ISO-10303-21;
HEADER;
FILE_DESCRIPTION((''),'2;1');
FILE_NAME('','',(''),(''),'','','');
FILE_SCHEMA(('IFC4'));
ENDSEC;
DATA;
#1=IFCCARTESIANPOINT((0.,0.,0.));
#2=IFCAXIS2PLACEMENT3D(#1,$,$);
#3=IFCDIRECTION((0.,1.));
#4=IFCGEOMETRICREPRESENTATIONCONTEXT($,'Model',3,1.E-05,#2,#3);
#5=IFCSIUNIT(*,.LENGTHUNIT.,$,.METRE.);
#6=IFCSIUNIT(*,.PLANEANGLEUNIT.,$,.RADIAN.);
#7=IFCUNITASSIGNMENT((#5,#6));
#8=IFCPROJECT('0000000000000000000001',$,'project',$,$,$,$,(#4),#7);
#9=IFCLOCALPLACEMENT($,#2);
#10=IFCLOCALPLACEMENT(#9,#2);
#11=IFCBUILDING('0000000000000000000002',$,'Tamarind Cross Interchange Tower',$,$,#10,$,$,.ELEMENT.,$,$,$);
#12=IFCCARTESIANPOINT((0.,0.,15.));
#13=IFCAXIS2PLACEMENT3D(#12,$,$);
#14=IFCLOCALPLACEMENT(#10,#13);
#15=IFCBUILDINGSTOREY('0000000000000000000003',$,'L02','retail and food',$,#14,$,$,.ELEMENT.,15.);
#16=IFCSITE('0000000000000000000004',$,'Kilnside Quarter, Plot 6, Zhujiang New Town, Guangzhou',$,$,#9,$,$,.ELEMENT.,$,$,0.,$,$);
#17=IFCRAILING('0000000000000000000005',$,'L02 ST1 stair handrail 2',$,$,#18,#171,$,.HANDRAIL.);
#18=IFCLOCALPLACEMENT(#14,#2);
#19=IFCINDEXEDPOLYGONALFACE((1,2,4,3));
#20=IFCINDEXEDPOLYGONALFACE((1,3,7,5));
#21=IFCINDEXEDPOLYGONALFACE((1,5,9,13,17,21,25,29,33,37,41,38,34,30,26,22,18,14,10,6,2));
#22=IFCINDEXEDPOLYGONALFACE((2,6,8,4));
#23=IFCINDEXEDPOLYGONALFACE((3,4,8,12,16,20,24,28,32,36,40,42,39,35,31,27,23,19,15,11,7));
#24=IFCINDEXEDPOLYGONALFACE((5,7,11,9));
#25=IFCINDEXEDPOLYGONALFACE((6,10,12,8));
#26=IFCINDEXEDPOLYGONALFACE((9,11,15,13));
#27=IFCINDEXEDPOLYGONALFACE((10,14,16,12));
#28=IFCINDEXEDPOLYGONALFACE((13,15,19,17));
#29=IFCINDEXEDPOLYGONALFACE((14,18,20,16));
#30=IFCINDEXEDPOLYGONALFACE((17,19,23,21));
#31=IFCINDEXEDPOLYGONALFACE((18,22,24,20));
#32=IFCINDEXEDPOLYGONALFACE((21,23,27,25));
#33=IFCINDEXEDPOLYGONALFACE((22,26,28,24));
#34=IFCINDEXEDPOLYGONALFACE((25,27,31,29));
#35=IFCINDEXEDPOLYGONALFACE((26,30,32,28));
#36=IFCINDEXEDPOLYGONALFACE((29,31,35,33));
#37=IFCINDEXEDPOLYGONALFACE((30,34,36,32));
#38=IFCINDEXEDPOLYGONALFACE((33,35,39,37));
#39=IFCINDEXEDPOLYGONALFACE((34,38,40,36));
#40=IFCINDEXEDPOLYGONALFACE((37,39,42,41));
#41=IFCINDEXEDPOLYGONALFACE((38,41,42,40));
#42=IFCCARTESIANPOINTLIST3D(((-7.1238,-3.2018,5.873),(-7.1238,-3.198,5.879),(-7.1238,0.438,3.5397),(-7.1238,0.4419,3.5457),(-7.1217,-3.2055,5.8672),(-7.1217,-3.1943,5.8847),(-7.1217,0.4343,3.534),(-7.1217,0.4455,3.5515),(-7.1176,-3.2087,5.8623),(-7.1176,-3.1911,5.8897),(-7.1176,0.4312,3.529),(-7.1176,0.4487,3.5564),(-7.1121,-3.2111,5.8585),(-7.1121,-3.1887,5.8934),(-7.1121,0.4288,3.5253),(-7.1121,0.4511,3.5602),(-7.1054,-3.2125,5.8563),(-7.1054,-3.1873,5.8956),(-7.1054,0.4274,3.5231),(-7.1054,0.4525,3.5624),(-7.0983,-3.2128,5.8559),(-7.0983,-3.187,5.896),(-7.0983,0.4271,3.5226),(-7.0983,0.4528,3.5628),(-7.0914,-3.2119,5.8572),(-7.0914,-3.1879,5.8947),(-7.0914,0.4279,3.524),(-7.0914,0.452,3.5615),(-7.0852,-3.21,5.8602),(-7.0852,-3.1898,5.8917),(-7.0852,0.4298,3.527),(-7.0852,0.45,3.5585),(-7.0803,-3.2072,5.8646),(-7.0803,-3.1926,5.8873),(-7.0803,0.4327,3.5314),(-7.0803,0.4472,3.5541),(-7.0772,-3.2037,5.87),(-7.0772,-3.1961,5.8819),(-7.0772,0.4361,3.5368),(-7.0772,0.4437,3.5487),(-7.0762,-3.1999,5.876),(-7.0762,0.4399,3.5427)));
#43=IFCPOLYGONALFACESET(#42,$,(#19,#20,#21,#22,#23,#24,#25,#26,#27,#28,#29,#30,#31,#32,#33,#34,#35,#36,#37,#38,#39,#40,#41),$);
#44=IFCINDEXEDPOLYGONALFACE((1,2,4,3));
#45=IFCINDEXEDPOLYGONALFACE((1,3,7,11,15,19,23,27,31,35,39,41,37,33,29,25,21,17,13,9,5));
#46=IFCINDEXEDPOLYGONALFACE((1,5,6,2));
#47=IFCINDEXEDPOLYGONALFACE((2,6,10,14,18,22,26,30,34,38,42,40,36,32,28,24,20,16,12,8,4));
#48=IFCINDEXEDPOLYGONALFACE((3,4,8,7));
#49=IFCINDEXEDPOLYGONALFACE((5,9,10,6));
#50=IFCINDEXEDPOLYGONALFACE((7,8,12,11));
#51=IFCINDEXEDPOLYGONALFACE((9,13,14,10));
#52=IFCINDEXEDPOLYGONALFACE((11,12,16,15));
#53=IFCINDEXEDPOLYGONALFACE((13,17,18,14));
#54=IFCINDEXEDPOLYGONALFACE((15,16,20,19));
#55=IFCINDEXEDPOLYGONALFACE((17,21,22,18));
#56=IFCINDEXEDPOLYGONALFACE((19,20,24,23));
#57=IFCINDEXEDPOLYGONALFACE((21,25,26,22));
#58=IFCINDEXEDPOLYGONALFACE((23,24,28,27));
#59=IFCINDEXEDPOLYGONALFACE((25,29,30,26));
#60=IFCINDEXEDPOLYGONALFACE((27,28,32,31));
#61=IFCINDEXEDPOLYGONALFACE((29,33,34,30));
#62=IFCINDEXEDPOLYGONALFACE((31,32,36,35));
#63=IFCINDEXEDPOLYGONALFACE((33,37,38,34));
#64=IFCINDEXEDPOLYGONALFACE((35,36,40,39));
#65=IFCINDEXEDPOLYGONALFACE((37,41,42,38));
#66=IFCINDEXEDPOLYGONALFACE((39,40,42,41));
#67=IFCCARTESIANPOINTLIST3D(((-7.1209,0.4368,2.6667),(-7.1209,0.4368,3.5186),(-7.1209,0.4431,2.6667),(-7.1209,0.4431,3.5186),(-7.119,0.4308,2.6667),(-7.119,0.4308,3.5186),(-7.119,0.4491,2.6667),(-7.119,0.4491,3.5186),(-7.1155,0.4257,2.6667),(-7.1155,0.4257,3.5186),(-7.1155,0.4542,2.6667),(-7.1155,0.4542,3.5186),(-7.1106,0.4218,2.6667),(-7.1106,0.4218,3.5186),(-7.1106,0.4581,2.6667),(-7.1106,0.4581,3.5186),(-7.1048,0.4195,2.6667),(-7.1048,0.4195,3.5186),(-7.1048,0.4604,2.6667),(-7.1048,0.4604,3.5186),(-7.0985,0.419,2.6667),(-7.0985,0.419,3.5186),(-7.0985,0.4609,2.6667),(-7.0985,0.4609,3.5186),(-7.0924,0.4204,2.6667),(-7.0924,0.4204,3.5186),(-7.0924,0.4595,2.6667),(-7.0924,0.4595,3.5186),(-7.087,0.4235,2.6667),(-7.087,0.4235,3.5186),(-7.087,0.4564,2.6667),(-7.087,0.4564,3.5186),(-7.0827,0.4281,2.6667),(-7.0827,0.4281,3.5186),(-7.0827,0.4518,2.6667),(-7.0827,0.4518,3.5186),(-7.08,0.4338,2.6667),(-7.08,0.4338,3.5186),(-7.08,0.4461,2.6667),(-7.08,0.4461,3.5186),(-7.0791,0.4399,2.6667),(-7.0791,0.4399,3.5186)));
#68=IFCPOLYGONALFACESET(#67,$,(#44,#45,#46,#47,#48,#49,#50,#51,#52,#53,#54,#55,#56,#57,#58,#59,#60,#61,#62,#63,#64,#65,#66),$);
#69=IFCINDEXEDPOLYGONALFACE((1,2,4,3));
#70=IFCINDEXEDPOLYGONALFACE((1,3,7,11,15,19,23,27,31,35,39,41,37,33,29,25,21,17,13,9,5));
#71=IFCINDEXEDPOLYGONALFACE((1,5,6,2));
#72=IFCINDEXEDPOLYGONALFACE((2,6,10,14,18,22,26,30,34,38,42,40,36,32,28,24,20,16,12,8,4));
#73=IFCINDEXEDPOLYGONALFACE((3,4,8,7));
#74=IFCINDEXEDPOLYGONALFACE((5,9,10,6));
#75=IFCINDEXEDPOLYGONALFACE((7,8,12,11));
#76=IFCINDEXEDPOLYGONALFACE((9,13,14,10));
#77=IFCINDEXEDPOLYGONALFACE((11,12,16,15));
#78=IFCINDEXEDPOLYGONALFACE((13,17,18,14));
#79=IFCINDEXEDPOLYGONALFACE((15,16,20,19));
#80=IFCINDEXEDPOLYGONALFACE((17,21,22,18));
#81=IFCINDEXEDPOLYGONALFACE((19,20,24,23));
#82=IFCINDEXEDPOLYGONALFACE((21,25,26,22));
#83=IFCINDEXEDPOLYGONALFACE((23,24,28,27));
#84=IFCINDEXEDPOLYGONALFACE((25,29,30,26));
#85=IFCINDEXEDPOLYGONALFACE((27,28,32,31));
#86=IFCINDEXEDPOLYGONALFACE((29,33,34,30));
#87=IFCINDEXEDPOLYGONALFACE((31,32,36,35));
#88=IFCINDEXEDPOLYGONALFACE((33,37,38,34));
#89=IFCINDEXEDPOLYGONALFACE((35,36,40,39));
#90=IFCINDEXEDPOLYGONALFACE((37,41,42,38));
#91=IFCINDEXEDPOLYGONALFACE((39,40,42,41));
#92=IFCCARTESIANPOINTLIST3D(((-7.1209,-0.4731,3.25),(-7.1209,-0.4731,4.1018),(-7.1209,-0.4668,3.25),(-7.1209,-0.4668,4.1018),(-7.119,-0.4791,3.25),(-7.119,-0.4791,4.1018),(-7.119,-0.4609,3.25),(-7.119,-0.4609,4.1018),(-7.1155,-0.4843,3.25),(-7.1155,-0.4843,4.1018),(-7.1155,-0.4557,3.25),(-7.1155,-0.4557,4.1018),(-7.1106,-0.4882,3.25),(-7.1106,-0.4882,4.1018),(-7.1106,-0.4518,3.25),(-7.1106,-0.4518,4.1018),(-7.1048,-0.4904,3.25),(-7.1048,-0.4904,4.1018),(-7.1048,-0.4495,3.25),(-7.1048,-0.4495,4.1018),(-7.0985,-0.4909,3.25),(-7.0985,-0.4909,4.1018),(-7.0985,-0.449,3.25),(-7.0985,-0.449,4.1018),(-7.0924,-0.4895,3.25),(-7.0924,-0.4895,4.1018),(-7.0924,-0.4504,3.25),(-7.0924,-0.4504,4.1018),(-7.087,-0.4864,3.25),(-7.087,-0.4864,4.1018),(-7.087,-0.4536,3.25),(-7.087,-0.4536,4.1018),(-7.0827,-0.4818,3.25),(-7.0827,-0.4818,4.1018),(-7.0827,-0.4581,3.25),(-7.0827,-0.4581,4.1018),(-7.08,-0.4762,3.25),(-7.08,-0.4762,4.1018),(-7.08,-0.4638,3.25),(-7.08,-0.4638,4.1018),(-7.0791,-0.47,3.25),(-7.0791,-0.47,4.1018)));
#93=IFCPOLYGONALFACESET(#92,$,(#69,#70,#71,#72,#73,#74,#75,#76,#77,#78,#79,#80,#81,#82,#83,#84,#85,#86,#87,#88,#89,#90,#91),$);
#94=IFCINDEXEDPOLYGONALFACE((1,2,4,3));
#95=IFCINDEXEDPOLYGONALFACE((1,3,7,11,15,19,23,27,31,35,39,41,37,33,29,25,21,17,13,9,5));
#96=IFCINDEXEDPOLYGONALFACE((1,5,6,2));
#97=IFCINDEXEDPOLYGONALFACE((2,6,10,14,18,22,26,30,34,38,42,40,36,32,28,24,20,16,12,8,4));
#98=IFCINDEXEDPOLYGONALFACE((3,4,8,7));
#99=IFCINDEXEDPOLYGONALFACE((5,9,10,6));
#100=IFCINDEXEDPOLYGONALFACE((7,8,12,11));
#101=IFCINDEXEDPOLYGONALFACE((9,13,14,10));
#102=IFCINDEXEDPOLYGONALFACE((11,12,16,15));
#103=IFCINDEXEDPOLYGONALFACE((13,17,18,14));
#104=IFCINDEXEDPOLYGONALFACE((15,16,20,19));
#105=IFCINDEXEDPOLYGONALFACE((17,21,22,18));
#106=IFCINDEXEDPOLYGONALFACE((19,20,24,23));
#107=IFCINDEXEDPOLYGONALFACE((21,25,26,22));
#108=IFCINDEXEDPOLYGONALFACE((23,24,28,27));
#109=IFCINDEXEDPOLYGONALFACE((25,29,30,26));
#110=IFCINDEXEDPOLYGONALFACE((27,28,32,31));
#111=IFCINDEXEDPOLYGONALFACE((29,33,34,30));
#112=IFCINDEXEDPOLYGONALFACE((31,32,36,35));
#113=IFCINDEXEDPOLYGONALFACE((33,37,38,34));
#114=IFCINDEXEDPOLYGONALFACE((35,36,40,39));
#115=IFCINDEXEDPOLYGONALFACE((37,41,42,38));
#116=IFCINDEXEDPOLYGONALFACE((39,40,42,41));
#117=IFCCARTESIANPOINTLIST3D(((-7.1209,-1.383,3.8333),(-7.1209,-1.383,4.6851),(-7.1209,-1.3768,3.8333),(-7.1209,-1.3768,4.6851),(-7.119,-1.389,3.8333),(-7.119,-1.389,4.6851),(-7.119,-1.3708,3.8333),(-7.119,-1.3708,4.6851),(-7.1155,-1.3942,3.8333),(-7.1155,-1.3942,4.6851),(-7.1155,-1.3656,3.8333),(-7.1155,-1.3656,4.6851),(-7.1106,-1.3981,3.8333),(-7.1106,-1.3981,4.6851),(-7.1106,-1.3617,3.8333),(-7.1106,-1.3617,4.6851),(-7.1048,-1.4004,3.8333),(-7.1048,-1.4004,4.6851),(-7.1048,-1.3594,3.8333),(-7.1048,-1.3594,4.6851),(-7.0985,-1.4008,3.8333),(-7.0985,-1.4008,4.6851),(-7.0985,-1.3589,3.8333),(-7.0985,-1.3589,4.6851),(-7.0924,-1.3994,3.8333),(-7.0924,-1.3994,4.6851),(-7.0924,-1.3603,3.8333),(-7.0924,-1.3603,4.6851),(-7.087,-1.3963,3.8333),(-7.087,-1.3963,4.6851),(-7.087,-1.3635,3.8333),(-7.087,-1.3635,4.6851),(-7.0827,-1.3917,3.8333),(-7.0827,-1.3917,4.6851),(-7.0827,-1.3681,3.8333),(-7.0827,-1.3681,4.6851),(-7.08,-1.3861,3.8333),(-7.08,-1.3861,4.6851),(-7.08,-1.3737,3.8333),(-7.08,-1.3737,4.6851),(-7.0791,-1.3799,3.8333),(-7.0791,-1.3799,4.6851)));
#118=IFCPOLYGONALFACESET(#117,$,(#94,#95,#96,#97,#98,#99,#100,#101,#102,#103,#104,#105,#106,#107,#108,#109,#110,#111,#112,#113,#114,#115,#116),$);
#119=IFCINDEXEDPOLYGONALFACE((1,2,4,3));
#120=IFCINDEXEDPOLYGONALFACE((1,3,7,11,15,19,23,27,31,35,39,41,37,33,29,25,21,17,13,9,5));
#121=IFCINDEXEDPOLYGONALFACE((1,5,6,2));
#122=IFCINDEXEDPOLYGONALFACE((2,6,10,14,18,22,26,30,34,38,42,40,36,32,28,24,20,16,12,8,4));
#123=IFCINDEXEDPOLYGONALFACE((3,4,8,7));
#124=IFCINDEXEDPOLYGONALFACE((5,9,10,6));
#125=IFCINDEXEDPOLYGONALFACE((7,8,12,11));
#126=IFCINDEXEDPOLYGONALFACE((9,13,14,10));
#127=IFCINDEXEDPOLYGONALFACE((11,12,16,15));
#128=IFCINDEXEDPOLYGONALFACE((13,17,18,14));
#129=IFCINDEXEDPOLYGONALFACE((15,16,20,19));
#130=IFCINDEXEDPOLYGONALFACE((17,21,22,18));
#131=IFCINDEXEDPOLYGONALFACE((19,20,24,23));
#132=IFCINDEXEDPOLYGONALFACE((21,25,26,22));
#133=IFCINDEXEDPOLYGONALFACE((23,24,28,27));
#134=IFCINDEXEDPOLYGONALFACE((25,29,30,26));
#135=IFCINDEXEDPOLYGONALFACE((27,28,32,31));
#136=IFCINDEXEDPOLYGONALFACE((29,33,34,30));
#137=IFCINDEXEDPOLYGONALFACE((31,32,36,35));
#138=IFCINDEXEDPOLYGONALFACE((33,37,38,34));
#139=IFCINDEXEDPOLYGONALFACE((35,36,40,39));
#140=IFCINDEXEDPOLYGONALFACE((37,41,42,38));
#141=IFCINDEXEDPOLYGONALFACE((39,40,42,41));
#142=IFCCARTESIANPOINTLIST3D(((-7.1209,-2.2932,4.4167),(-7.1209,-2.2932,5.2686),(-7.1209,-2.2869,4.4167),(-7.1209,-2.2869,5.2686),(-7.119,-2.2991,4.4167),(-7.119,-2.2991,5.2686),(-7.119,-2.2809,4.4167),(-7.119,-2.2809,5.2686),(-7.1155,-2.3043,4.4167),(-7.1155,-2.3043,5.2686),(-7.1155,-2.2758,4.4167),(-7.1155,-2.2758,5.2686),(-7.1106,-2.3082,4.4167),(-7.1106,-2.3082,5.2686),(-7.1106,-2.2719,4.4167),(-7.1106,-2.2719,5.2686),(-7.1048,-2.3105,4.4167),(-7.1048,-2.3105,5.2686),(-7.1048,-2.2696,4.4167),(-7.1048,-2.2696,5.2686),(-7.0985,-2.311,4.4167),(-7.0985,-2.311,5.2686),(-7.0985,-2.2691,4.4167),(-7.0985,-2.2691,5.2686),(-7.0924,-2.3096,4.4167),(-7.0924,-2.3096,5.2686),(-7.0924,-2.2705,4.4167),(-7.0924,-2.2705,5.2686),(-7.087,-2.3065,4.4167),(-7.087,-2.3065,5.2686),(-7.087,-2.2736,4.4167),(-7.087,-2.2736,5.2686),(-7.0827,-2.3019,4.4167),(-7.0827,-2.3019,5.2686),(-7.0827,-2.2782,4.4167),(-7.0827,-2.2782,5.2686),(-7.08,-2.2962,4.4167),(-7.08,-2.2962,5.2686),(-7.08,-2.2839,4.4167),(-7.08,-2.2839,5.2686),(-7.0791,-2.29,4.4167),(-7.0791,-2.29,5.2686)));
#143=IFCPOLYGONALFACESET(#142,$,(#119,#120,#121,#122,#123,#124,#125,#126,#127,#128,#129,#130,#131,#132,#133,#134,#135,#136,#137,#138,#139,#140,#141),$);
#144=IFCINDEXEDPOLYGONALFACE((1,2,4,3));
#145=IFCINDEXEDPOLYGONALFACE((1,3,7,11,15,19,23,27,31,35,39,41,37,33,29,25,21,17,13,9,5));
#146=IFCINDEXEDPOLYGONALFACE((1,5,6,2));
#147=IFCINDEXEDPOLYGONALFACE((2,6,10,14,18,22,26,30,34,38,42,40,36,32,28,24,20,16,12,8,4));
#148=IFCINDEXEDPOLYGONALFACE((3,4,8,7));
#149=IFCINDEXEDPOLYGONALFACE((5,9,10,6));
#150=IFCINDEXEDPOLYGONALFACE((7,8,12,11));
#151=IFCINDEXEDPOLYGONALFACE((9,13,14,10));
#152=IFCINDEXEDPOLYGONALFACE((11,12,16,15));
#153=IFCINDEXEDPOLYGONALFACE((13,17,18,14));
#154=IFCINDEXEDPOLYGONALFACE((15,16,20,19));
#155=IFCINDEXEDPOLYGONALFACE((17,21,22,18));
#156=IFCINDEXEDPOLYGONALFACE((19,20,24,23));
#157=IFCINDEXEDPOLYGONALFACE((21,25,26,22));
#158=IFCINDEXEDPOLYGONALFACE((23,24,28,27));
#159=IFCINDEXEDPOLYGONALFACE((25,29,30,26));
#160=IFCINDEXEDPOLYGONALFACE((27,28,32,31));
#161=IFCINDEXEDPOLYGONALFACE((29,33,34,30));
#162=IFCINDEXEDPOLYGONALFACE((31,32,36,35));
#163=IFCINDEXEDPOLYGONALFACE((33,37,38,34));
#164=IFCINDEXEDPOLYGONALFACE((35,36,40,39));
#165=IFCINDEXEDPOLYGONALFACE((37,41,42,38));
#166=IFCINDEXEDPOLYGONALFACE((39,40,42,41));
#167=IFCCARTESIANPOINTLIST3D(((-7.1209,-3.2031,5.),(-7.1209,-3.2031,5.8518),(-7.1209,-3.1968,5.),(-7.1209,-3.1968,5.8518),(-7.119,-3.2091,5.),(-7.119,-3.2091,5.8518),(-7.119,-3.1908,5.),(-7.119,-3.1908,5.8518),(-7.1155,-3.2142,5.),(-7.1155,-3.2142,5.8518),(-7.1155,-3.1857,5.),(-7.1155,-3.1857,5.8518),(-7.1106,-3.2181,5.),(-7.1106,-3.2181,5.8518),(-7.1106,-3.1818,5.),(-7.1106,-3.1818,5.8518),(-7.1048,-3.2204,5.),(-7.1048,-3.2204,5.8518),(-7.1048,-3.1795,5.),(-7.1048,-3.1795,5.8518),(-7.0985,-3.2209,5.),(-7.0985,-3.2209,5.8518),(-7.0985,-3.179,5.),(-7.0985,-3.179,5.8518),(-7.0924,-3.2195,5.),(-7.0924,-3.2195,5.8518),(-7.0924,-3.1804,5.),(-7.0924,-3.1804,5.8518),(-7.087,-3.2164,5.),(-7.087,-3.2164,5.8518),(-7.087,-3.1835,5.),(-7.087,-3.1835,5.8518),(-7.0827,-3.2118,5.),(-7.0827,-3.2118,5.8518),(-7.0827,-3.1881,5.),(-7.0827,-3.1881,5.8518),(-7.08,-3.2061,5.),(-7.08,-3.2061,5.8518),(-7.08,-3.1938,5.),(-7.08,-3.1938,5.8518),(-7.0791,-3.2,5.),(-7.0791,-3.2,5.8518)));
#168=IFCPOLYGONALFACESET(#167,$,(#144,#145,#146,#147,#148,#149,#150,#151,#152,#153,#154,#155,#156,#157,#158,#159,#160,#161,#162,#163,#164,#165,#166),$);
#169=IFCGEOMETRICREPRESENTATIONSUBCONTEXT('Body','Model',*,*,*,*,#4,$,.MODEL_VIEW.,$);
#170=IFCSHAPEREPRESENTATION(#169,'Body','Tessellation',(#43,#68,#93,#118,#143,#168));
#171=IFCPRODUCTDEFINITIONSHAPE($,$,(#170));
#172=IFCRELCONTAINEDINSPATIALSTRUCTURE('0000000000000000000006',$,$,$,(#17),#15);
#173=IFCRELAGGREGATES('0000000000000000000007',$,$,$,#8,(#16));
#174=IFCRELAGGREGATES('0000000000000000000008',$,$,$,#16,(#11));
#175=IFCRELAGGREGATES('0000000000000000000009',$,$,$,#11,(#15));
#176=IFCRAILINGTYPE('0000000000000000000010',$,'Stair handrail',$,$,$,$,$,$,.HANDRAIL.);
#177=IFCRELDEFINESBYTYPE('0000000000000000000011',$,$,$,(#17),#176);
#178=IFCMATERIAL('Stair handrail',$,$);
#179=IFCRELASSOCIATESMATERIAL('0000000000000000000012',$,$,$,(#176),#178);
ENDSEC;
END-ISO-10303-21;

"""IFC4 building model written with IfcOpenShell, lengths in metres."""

from ifc_helpers import new_model, si_unit, direction, frame, origin, origin_2d, place, context, subcontext, project, spatial, circle, extrude, material, type_object, element, save


model = new_model("IFC4")

# Units and contexts
model_context = context("Model", 3, precision=1e-05, world=origin(), true_north=direction((0.0, 1.0)))
body_context = subcontext(model_context, "Body", "Model", "MODEL_VIEW")
ifc_project = project(units=[si_unit("LENGTHUNIT", "METRE"), si_unit("PLANEANGLEUNIT", "RADIAN")], contexts=[model_context])

# Site, building, storey
site_placement = place(None, origin())
site = spatial("IfcSite", under=ifc_project, at=site_placement, Name="Kilnside Quarter, Plot 6, Zhujiang New Town, Guangzhou", CompositionType="ELEMENT", RefElevation=0.0)
building_placement = place(site_placement, origin())
building = spatial("IfcBuilding", under=site, at=building_placement, Name="Tamarind Cross Interchange Tower", CompositionType="ELEMENT")
storey_placement = place(building_placement, frame((0.0, 0.0, 15.0)))
storey = spatial("IfcBuildingStorey", under=building, at=storey_placement, Name="L02", Description="retail and food", CompositionType="ELEMENT", Elevation=15.0)

# Railing
ifc_material_1 = material(Name="Stair handrail")
railing_type_1 = type_object("IfcRailingType", Name="Stair handrail", PredefinedType="HANDRAIL", material=ifc_material_1)
railing_1_placement = place(storey_placement, frame((-7.1001, 0.4399, 2.6667)))
element("IfcRailing", 1, at=railing_1_placement, inside=storey, type_object=railing_type_1, Name="L02 ST1 stair handrail 2", PredefinedType="HANDRAIL", context=body_context, shape_type="SweptSolid", body=[
    extrude(circle(Radius=0.0239, at=origin_2d()), frame((0.0, 0.0, 0.876), z_axis=(0.0, -0.84188, 0.539664), x_axis=(1.0, 0.0, 0.0)), (0.0, 0.0, 1.0), 4.3235),
    extrude(circle(Radius=0.021, at=origin_2d()), origin(), (0.0, 0.0, 1.0), 0.8518),
    extrude(circle(Radius=0.021, at=origin_2d()), frame((0.0, -0.9099, 0.5833)), (0.0, 0.0, 1.0), 0.8518),
    extrude(circle(Radius=0.021, at=origin_2d()), frame((0.0, -1.8198, 1.1665)), (0.0, 0.0, 1.0), 0.8518),
    extrude(circle(Radius=0.021, at=origin_2d()), frame((0.0, -2.73, 1.75)), (0.0, 0.0, 1.0), 0.8518),
    extrude(circle(Radius=0.021, at=origin_2d()), frame((0.0, -3.6399, 2.3333)), (0.0, 0.0, 1.0), 0.8518),
])

save(model, "model.ifc")
